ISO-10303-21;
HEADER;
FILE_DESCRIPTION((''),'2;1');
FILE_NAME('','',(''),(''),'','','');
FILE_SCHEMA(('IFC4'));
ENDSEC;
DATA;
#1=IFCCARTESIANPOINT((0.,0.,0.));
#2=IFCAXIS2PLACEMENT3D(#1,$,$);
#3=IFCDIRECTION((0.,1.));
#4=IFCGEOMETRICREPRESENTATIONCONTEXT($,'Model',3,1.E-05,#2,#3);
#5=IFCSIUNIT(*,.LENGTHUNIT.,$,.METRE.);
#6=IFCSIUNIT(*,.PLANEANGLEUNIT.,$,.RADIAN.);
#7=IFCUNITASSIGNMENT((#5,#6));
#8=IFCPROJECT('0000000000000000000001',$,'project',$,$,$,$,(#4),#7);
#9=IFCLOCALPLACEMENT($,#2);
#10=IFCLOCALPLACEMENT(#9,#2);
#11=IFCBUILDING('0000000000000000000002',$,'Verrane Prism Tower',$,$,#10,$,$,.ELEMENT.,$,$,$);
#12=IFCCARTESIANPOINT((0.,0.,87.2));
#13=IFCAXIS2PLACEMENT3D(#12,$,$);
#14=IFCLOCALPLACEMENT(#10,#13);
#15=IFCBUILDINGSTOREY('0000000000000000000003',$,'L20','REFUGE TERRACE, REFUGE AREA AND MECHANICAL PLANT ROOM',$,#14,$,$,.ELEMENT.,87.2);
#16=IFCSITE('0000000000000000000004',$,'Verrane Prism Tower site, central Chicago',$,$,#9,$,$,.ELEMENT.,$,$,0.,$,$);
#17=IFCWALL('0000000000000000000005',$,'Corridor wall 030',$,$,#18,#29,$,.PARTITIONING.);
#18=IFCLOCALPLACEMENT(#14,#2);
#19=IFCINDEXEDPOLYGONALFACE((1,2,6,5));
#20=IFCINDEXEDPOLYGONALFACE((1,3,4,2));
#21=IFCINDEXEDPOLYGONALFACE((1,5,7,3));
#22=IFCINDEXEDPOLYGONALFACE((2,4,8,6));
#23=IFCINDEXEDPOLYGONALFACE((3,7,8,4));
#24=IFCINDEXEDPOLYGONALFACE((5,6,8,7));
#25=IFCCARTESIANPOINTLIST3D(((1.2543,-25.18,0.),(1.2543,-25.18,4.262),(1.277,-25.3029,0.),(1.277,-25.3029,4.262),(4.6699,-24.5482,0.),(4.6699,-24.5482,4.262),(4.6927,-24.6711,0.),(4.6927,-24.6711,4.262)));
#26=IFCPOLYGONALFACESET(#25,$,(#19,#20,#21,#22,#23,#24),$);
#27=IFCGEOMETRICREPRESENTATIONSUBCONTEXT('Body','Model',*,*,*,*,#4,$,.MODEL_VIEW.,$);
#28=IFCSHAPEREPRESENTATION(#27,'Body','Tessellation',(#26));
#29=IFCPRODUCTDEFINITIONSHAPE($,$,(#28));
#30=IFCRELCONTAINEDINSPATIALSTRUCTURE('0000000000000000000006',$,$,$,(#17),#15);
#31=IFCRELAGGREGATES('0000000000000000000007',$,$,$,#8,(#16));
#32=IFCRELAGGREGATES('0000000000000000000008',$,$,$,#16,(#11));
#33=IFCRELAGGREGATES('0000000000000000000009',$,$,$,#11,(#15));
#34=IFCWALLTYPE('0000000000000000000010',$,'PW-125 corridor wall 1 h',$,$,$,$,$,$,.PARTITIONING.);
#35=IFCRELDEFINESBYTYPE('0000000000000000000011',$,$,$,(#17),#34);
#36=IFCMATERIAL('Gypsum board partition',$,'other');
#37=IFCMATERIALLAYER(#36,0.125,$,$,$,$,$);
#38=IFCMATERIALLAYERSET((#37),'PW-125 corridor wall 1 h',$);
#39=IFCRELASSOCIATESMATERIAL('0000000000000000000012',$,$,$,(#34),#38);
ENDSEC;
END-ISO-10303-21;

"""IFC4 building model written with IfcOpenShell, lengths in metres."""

from ifc_helpers import new_model, si_unit, direction, frame, frame_2d, origin, place, context, subcontext, project, spatial, rectangle, extrude, material, layer, layer_set, type_object, element, save


model = new_model("IFC4")

# Units and contexts
model_context = context("Model", 3, precision=1e-05, world=origin(), true_north=direction((0.0, 1.0)))
body_context = subcontext(model_context, "Body", "Model", "MODEL_VIEW")
ifc_project = project(units=[si_unit("LENGTHUNIT", "METRE"), si_unit("PLANEANGLEUNIT", "RADIAN")], contexts=[model_context])

# Site, building, storey
site_placement = place(None, origin())
site = spatial("IfcSite", under=ifc_project, at=site_placement, Name="Verrane Prism Tower site, central Chicago", CompositionType="ELEMENT", RefElevation=0.0)
building_placement = place(site_placement, origin())
building = spatial("IfcBuilding", under=site, at=building_placement, Name="Verrane Prism Tower", CompositionType="ELEMENT")
storey_placement = place(building_placement, frame((0.0, 0.0, 87.2)))
storey = spatial("IfcBuildingStorey", under=building, at=storey_placement, Name="L20", Description="REFUGE TERRACE, REFUGE AREA AND MECHANICAL PLANT ROOM", CompositionType="ELEMENT", Elevation=87.2)

# Wall
ifc_material_1 = material(Name="Gypsum board partition", Category="other")
ifc_layer_1 = layer(ifc_material_1, 0.125)
ifc_layer_set_1 = layer_set([ifc_layer_1], Name="PW-125 corridor wall 1 h")
wall_type_1 = type_object("IfcWallType", Name="PW-125 corridor wall 1 h", PredefinedType="PARTITIONING", material=ifc_layer_set_1)
wall_1_placement = place(storey_placement, frame((1.2656, -25.2415, 0.0), z_axis=(0.0, 0.0, 1.0), x_axis=(0.983319, 0.18189, 0.0)))
element("IfcWall", 1, at=wall_1_placement, inside=storey, type_object=wall_type_1, Name="Corridor wall 030", PredefinedType="PARTITIONING", context=body_context, shape_type="SweptSolid", body=[
    extrude(rectangle(XDim=3.4736, YDim=0.125, at=frame_2d((1.7368, 0.0))), origin(), (0.0, 0.0, 1.0), 4.262),
])

save(model, "model.ifc")
